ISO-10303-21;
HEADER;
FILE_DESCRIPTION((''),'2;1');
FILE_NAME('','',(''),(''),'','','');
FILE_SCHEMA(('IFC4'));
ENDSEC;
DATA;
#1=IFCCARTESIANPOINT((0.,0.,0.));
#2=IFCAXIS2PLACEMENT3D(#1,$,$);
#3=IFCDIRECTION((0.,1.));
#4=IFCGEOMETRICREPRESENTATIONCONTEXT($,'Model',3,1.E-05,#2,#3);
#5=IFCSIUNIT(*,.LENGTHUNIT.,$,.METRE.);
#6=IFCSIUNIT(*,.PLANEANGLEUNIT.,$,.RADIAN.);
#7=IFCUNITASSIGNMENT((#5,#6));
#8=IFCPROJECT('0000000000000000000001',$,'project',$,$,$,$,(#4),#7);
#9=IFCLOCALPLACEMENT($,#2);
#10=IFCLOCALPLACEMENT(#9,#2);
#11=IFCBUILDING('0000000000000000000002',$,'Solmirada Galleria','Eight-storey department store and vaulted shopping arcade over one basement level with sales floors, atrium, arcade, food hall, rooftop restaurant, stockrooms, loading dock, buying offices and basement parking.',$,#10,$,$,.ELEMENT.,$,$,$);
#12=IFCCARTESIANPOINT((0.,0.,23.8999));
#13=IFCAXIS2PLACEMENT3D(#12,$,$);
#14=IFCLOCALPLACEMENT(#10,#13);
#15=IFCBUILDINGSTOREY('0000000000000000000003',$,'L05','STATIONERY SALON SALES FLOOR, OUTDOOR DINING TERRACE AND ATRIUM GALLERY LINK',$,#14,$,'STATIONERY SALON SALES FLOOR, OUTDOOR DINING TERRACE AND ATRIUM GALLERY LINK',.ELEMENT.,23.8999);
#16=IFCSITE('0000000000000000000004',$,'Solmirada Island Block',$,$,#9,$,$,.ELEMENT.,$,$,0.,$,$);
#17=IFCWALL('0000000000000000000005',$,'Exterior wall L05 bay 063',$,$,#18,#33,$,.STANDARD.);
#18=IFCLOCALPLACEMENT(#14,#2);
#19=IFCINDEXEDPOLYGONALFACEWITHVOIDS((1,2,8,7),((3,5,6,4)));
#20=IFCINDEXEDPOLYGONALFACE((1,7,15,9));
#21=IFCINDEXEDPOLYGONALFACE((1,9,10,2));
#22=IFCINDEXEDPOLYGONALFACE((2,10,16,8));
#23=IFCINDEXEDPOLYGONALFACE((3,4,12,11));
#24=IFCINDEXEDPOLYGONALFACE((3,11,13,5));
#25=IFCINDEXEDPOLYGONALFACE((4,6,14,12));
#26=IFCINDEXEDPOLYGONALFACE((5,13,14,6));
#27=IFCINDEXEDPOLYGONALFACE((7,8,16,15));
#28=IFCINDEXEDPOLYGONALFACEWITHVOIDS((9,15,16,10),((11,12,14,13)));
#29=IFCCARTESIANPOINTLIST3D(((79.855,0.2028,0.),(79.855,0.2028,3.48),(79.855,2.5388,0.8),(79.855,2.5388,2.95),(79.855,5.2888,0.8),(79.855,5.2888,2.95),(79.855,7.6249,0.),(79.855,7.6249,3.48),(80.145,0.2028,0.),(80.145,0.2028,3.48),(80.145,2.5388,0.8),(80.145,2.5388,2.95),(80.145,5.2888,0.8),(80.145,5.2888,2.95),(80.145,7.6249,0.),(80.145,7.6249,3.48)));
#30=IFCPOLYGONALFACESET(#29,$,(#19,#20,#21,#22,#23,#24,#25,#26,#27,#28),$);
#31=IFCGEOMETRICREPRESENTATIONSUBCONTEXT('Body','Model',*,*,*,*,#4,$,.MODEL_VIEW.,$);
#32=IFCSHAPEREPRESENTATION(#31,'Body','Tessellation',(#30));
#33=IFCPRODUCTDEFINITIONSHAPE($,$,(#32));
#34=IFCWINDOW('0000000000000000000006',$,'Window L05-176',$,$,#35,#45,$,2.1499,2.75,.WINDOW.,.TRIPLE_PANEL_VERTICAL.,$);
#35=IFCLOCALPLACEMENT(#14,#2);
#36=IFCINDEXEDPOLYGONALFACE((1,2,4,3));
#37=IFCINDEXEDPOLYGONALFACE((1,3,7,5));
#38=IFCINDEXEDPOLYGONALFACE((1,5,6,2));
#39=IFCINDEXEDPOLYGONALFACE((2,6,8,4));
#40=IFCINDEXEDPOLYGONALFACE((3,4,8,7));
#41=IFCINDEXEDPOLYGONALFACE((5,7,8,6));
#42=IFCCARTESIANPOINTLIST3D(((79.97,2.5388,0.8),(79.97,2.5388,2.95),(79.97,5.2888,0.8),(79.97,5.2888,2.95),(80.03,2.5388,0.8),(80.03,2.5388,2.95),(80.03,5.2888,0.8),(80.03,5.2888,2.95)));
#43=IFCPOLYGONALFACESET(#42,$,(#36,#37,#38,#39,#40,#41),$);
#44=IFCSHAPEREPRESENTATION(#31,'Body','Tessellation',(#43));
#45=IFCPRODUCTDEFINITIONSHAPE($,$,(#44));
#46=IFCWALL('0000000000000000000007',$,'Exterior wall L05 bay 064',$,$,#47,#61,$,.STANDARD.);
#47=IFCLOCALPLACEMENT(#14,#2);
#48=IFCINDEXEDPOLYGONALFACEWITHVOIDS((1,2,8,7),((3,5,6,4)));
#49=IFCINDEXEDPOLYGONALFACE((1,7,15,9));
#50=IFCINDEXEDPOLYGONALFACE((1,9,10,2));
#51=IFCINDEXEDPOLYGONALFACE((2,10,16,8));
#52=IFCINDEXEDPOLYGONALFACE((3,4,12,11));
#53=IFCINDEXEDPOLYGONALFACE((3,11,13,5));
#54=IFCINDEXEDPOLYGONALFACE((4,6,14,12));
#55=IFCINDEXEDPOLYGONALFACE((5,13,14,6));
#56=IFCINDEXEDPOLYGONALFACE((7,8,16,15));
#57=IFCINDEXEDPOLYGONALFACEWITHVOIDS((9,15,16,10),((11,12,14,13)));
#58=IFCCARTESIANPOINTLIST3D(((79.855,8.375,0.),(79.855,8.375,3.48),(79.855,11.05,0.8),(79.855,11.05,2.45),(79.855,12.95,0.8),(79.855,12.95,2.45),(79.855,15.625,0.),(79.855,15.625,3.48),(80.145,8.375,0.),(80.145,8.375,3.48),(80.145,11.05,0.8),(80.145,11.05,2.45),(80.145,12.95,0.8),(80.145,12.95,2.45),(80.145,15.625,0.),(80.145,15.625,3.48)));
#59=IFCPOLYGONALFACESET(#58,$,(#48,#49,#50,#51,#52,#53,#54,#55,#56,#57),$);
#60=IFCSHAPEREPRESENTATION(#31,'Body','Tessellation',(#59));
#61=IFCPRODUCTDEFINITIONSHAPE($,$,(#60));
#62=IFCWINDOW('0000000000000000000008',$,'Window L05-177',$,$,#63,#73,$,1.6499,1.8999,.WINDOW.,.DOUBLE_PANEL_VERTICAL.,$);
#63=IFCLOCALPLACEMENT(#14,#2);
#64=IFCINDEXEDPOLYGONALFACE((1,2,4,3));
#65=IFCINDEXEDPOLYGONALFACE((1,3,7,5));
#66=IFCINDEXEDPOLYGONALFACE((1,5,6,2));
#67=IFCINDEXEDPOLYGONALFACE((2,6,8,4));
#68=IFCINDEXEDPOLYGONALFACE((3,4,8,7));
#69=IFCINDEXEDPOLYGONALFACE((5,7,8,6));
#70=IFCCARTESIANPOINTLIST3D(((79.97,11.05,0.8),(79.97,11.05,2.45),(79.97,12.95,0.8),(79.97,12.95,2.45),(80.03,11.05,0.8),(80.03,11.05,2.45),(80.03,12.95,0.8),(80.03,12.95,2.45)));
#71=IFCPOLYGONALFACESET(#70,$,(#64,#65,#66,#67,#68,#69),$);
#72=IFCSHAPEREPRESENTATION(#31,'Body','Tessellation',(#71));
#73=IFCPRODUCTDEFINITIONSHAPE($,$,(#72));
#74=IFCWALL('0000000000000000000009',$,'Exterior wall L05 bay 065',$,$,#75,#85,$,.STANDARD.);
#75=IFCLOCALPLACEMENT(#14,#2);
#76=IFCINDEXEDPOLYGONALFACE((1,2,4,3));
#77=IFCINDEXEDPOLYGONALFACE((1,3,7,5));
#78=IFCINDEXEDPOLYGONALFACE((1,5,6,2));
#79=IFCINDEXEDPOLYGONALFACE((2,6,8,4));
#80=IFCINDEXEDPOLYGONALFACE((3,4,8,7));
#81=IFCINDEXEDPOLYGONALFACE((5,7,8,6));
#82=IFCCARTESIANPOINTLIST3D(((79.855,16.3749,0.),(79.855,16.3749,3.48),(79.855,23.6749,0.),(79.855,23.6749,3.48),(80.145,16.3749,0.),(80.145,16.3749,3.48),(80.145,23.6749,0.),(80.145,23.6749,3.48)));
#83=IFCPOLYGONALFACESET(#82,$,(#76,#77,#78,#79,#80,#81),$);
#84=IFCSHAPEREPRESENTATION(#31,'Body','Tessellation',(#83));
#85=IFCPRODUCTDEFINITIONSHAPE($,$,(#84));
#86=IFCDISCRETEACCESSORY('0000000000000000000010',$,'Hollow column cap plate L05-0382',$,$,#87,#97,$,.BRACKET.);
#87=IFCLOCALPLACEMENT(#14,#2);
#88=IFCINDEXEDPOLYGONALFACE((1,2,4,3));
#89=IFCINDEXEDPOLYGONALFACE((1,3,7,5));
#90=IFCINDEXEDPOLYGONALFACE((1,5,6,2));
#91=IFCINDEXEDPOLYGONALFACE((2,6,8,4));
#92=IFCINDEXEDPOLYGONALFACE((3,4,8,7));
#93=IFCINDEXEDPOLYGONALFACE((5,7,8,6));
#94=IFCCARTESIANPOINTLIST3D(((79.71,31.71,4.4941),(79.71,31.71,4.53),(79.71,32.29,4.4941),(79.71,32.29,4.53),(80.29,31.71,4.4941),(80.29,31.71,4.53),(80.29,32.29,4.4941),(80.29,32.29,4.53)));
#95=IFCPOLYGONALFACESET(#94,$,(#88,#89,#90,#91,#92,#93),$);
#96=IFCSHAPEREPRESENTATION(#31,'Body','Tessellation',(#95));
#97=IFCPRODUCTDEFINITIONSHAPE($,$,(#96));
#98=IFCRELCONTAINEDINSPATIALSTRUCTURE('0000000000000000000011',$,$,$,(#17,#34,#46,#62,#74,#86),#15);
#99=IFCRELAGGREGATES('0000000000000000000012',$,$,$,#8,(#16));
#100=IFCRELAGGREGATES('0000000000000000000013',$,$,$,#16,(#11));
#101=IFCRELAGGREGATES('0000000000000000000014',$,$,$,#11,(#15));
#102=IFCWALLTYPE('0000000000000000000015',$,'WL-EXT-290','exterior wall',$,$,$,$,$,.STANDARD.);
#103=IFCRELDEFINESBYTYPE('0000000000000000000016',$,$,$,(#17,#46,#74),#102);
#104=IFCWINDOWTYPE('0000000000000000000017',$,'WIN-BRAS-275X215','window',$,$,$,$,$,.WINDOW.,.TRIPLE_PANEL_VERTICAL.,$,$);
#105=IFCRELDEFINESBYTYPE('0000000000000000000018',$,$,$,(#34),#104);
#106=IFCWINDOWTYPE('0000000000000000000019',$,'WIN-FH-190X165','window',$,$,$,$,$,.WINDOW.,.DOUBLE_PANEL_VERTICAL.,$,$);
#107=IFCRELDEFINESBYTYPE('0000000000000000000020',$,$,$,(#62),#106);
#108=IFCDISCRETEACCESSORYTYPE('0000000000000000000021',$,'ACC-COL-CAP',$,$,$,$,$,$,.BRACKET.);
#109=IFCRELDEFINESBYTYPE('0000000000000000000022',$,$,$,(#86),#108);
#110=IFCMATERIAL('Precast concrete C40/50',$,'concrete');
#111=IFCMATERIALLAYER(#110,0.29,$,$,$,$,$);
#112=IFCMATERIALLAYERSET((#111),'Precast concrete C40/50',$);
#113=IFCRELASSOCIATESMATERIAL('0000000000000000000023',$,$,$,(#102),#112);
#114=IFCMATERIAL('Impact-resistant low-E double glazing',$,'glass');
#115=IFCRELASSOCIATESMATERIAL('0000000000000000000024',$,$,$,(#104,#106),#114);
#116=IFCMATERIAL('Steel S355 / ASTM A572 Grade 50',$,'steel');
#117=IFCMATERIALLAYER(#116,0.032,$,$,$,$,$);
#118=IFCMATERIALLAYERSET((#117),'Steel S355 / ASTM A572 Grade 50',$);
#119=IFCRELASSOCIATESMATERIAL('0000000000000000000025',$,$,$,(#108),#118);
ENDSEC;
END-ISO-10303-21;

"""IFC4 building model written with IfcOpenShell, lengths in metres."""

from ifc_helpers import new_model, si_unit, direction, frame, frame_2d, origin, origin_2d, place, context, subcontext, project, spatial, rectangle, extrude, material, layer, layer_set, type_object, element, fill, save


model = new_model("IFC4")

# Units and contexts
model_context = context("Model", 3, precision=1e-05, world=origin(), true_north=direction((0.0, 1.0)))
body_context = subcontext(model_context, "Body", "Model", "MODEL_VIEW")
ifc_project = project(units=[si_unit("LENGTHUNIT", "METRE"), si_unit("PLANEANGLEUNIT", "RADIAN")], contexts=[model_context])

# Site, building, storey
site_placement = place(None, origin())
site = spatial("IfcSite", under=ifc_project, at=site_placement, Name="Solmirada Island Block", CompositionType="ELEMENT", RefElevation=0.0)
building_placement = place(site_placement, origin())
building = spatial("IfcBuilding", under=site, at=building_placement, Name="Solmirada Galleria", Description="Eight-storey department store and vaulted shopping arcade over one basement level with sales floors, atrium, arcade, food hall, rooftop restaurant, stockrooms, loading dock, buying offices and basement parking.", CompositionType="ELEMENT")
storey_placement = place(building_placement, frame((0.0, 0.0, 23.8999)))
storey = spatial("IfcBuildingStorey", under=building, at=storey_placement, Name="L05", Description="STATIONERY SALON SALES FLOOR, OUTDOOR DINING TERRACE AND ATRIUM GALLERY LINK", LongName="STATIONERY SALON SALES FLOOR, OUTDOOR DINING TERRACE AND ATRIUM GALLERY LINK", CompositionType="ELEMENT", Elevation=23.8999)

# Shared definitions
ifc_material_1 = material(Name="Impact-resistant low-E double glazing", Category="glass")

# Walls, openings, windows
ifc_material_2 = material(Name="Precast concrete C40/50", Category="concrete")
ifc_layer_1 = layer(ifc_material_2, 0.29)
ifc_layer_set_1 = layer_set([ifc_layer_1], Name="Precast concrete C40/50")
wall_type = type_object("IfcWallType", Name="WL-EXT-290", Description="exterior wall", PredefinedType="STANDARD", material=ifc_layer_set_1)
wall_1_placement = place(storey_placement, frame((80.0, 0.2029, 0.0), z_axis=(0.0, 0.0, 1.0), x_axis=(0.0, 1.0, 0.0)))
wall_1 = element("IfcWall", 1, at=wall_1_placement, inside=storey, type_object=wall_type, Name="Exterior wall L05 bay 063", PredefinedType="STANDARD", context=body_context, shape_type="SweptSolid", body=[
    extrude(rectangle(XDim=7.4221, YDim=0.29, at=frame_2d((3.7109, 0.0))), origin(), (0.0, 0.0, 1.0), 3.48),
])
opening_1_placement = place(wall_1_placement, frame((2.3359, 0.0, 0.8)))
opening_1 = element("IfcOpeningElement", 2, at=opening_1_placement, cuts=wall_1, PredefinedType="OPENING", context=body_context, shape_type="SweptSolid", body=[
    extrude(rectangle(XDim=2.75, YDim=2.1499, at=frame_2d((1.375, 1.075))), frame((0.0, 0.155, 0.0), z_axis=(0.0, -1.0, 0.0), x_axis=(1.0, 0.0, 0.0)), (0.0, 0.0, 1.0), 0.3101),
])
window_type_1 = type_object("IfcWindowType", Name="WIN-BRAS-275X215", Description="window", PartitioningType="TRIPLE_PANEL_VERTICAL", PredefinedType="WINDOW", material=ifc_material_1)
window_1_placement = place(opening_1_placement, origin())
window_1 = element("IfcWindow", 3, at=window_1_placement, inside=storey, type_object=window_type_1, Name="Window L05-176", OverallHeight=2.1499, OverallWidth=2.75, PartitioningType="TRIPLE_PANEL_VERTICAL", PredefinedType="WINDOW", context=body_context, shape_type="SweptSolid", body=[
    extrude(rectangle(XDim=2.75, YDim=2.1499, at=frame_2d((1.375, 1.075))), frame((0.0, 0.03, 0.0), z_axis=(0.0, -1.0, 0.0), x_axis=(1.0, 0.0, 0.0)), (0.0, 0.0, 1.0), 0.0601),
])
fill(opening_1, window_1)
wall_2_placement = place(storey_placement, frame((80.0, 8.375, 0.0), z_axis=(0.0, 0.0, 1.0), x_axis=(0.0, 1.0, 0.0)))
wall_2 = element("IfcWall", 4, at=wall_2_placement, inside=storey, type_object=wall_type, Name="Exterior wall L05 bay 064", PredefinedType="STANDARD", context=body_context, shape_type="SweptSolid", body=[
    extrude(rectangle(XDim=7.25, YDim=0.29, at=frame_2d((3.625, 0.0))), origin(), (0.0, 0.0, 1.0), 3.48),
])
opening_2_placement = place(wall_2_placement, frame((2.675, 0.0, 0.8)))
opening_2 = element("IfcOpeningElement", 5, at=opening_2_placement, cuts=wall_2, PredefinedType="OPENING", context=body_context, shape_type="SweptSolid", body=[
    extrude(rectangle(XDim=1.8999, YDim=1.6499, at=frame_2d((0.95, 0.825))), frame((0.0, 0.155, 0.0), z_axis=(0.0, -1.0, 0.0), x_axis=(1.0, 0.0, 0.0)), (0.0, 0.0, 1.0), 0.3101),
])
window_type_2 = type_object("IfcWindowType", Name="WIN-FH-190X165", Description="window", PartitioningType="DOUBLE_PANEL_VERTICAL", PredefinedType="WINDOW", material=ifc_material_1)
window_2_placement = place(opening_2_placement, origin())
window_2 = element("IfcWindow", 6, at=window_2_placement, inside=storey, type_object=window_type_2, Name="Window L05-177", OverallHeight=1.6499, OverallWidth=1.8999, PartitioningType="DOUBLE_PANEL_VERTICAL", PredefinedType="WINDOW", context=body_context, shape_type="SweptSolid", body=[
    extrude(rectangle(XDim=1.8999, YDim=1.6499, at=frame_2d((0.95, 0.825))), frame((0.0, 0.03, 0.0), z_axis=(0.0, -1.0, 0.0), x_axis=(1.0, 0.0, 0.0)), (0.0, 0.0, 1.0), 0.0601),
])
fill(opening_2, window_2)

# Wall
wall_3_placement = place(storey_placement, frame((80.0, 16.375, 0.0), z_axis=(0.0, 0.0, 1.0), x_axis=(0.0, 1.0, 0.0)))
element("IfcWall", 7, at=wall_3_placement, inside=storey, type_object=wall_type, Name="Exterior wall L05 bay 065", PredefinedType="STANDARD", context=body_context, shape_type="SweptSolid", body=[
    extrude(rectangle(XDim=7.3, YDim=0.29, at=frame_2d((3.6499, 0.0))), origin(), (0.0, 0.0, 1.0), 3.48),
])

# Discrete accessory
ifc_material_3 = material(Name="Steel S355 / ASTM A572 Grade 50", Category="steel")
ifc_layer_2 = layer(ifc_material_3, 0.032)
ifc_layer_set_2 = layer_set([ifc_layer_2], Name="Steel S355 / ASTM A572 Grade 50")
discrete_accessory_type = type_object("IfcDiscreteAccessoryType", Name="ACC-COL-CAP", PredefinedType="BRACKET", material=ifc_layer_set_2)
discrete_accessory_placement = place(storey_placement, frame((80.0, 32.0, 4.4941), z_axis=(0.0, 0.0, 1.0), x_axis=(1.0, 0.0, 0.0)))
element("IfcDiscreteAccessory", 8, at=discrete_accessory_placement, inside=storey, type_object=discrete_accessory_type, Name="Hollow column cap plate L05-0382", PredefinedType="BRACKET", context=body_context, shape_type="SweptSolid", body=[
    extrude(rectangle(XDim=0.5801, YDim=0.5801, at=origin_2d()), origin(), (0.0, 0.0, 1.0), 0.0359),
])

save(model, "model.ifc")
